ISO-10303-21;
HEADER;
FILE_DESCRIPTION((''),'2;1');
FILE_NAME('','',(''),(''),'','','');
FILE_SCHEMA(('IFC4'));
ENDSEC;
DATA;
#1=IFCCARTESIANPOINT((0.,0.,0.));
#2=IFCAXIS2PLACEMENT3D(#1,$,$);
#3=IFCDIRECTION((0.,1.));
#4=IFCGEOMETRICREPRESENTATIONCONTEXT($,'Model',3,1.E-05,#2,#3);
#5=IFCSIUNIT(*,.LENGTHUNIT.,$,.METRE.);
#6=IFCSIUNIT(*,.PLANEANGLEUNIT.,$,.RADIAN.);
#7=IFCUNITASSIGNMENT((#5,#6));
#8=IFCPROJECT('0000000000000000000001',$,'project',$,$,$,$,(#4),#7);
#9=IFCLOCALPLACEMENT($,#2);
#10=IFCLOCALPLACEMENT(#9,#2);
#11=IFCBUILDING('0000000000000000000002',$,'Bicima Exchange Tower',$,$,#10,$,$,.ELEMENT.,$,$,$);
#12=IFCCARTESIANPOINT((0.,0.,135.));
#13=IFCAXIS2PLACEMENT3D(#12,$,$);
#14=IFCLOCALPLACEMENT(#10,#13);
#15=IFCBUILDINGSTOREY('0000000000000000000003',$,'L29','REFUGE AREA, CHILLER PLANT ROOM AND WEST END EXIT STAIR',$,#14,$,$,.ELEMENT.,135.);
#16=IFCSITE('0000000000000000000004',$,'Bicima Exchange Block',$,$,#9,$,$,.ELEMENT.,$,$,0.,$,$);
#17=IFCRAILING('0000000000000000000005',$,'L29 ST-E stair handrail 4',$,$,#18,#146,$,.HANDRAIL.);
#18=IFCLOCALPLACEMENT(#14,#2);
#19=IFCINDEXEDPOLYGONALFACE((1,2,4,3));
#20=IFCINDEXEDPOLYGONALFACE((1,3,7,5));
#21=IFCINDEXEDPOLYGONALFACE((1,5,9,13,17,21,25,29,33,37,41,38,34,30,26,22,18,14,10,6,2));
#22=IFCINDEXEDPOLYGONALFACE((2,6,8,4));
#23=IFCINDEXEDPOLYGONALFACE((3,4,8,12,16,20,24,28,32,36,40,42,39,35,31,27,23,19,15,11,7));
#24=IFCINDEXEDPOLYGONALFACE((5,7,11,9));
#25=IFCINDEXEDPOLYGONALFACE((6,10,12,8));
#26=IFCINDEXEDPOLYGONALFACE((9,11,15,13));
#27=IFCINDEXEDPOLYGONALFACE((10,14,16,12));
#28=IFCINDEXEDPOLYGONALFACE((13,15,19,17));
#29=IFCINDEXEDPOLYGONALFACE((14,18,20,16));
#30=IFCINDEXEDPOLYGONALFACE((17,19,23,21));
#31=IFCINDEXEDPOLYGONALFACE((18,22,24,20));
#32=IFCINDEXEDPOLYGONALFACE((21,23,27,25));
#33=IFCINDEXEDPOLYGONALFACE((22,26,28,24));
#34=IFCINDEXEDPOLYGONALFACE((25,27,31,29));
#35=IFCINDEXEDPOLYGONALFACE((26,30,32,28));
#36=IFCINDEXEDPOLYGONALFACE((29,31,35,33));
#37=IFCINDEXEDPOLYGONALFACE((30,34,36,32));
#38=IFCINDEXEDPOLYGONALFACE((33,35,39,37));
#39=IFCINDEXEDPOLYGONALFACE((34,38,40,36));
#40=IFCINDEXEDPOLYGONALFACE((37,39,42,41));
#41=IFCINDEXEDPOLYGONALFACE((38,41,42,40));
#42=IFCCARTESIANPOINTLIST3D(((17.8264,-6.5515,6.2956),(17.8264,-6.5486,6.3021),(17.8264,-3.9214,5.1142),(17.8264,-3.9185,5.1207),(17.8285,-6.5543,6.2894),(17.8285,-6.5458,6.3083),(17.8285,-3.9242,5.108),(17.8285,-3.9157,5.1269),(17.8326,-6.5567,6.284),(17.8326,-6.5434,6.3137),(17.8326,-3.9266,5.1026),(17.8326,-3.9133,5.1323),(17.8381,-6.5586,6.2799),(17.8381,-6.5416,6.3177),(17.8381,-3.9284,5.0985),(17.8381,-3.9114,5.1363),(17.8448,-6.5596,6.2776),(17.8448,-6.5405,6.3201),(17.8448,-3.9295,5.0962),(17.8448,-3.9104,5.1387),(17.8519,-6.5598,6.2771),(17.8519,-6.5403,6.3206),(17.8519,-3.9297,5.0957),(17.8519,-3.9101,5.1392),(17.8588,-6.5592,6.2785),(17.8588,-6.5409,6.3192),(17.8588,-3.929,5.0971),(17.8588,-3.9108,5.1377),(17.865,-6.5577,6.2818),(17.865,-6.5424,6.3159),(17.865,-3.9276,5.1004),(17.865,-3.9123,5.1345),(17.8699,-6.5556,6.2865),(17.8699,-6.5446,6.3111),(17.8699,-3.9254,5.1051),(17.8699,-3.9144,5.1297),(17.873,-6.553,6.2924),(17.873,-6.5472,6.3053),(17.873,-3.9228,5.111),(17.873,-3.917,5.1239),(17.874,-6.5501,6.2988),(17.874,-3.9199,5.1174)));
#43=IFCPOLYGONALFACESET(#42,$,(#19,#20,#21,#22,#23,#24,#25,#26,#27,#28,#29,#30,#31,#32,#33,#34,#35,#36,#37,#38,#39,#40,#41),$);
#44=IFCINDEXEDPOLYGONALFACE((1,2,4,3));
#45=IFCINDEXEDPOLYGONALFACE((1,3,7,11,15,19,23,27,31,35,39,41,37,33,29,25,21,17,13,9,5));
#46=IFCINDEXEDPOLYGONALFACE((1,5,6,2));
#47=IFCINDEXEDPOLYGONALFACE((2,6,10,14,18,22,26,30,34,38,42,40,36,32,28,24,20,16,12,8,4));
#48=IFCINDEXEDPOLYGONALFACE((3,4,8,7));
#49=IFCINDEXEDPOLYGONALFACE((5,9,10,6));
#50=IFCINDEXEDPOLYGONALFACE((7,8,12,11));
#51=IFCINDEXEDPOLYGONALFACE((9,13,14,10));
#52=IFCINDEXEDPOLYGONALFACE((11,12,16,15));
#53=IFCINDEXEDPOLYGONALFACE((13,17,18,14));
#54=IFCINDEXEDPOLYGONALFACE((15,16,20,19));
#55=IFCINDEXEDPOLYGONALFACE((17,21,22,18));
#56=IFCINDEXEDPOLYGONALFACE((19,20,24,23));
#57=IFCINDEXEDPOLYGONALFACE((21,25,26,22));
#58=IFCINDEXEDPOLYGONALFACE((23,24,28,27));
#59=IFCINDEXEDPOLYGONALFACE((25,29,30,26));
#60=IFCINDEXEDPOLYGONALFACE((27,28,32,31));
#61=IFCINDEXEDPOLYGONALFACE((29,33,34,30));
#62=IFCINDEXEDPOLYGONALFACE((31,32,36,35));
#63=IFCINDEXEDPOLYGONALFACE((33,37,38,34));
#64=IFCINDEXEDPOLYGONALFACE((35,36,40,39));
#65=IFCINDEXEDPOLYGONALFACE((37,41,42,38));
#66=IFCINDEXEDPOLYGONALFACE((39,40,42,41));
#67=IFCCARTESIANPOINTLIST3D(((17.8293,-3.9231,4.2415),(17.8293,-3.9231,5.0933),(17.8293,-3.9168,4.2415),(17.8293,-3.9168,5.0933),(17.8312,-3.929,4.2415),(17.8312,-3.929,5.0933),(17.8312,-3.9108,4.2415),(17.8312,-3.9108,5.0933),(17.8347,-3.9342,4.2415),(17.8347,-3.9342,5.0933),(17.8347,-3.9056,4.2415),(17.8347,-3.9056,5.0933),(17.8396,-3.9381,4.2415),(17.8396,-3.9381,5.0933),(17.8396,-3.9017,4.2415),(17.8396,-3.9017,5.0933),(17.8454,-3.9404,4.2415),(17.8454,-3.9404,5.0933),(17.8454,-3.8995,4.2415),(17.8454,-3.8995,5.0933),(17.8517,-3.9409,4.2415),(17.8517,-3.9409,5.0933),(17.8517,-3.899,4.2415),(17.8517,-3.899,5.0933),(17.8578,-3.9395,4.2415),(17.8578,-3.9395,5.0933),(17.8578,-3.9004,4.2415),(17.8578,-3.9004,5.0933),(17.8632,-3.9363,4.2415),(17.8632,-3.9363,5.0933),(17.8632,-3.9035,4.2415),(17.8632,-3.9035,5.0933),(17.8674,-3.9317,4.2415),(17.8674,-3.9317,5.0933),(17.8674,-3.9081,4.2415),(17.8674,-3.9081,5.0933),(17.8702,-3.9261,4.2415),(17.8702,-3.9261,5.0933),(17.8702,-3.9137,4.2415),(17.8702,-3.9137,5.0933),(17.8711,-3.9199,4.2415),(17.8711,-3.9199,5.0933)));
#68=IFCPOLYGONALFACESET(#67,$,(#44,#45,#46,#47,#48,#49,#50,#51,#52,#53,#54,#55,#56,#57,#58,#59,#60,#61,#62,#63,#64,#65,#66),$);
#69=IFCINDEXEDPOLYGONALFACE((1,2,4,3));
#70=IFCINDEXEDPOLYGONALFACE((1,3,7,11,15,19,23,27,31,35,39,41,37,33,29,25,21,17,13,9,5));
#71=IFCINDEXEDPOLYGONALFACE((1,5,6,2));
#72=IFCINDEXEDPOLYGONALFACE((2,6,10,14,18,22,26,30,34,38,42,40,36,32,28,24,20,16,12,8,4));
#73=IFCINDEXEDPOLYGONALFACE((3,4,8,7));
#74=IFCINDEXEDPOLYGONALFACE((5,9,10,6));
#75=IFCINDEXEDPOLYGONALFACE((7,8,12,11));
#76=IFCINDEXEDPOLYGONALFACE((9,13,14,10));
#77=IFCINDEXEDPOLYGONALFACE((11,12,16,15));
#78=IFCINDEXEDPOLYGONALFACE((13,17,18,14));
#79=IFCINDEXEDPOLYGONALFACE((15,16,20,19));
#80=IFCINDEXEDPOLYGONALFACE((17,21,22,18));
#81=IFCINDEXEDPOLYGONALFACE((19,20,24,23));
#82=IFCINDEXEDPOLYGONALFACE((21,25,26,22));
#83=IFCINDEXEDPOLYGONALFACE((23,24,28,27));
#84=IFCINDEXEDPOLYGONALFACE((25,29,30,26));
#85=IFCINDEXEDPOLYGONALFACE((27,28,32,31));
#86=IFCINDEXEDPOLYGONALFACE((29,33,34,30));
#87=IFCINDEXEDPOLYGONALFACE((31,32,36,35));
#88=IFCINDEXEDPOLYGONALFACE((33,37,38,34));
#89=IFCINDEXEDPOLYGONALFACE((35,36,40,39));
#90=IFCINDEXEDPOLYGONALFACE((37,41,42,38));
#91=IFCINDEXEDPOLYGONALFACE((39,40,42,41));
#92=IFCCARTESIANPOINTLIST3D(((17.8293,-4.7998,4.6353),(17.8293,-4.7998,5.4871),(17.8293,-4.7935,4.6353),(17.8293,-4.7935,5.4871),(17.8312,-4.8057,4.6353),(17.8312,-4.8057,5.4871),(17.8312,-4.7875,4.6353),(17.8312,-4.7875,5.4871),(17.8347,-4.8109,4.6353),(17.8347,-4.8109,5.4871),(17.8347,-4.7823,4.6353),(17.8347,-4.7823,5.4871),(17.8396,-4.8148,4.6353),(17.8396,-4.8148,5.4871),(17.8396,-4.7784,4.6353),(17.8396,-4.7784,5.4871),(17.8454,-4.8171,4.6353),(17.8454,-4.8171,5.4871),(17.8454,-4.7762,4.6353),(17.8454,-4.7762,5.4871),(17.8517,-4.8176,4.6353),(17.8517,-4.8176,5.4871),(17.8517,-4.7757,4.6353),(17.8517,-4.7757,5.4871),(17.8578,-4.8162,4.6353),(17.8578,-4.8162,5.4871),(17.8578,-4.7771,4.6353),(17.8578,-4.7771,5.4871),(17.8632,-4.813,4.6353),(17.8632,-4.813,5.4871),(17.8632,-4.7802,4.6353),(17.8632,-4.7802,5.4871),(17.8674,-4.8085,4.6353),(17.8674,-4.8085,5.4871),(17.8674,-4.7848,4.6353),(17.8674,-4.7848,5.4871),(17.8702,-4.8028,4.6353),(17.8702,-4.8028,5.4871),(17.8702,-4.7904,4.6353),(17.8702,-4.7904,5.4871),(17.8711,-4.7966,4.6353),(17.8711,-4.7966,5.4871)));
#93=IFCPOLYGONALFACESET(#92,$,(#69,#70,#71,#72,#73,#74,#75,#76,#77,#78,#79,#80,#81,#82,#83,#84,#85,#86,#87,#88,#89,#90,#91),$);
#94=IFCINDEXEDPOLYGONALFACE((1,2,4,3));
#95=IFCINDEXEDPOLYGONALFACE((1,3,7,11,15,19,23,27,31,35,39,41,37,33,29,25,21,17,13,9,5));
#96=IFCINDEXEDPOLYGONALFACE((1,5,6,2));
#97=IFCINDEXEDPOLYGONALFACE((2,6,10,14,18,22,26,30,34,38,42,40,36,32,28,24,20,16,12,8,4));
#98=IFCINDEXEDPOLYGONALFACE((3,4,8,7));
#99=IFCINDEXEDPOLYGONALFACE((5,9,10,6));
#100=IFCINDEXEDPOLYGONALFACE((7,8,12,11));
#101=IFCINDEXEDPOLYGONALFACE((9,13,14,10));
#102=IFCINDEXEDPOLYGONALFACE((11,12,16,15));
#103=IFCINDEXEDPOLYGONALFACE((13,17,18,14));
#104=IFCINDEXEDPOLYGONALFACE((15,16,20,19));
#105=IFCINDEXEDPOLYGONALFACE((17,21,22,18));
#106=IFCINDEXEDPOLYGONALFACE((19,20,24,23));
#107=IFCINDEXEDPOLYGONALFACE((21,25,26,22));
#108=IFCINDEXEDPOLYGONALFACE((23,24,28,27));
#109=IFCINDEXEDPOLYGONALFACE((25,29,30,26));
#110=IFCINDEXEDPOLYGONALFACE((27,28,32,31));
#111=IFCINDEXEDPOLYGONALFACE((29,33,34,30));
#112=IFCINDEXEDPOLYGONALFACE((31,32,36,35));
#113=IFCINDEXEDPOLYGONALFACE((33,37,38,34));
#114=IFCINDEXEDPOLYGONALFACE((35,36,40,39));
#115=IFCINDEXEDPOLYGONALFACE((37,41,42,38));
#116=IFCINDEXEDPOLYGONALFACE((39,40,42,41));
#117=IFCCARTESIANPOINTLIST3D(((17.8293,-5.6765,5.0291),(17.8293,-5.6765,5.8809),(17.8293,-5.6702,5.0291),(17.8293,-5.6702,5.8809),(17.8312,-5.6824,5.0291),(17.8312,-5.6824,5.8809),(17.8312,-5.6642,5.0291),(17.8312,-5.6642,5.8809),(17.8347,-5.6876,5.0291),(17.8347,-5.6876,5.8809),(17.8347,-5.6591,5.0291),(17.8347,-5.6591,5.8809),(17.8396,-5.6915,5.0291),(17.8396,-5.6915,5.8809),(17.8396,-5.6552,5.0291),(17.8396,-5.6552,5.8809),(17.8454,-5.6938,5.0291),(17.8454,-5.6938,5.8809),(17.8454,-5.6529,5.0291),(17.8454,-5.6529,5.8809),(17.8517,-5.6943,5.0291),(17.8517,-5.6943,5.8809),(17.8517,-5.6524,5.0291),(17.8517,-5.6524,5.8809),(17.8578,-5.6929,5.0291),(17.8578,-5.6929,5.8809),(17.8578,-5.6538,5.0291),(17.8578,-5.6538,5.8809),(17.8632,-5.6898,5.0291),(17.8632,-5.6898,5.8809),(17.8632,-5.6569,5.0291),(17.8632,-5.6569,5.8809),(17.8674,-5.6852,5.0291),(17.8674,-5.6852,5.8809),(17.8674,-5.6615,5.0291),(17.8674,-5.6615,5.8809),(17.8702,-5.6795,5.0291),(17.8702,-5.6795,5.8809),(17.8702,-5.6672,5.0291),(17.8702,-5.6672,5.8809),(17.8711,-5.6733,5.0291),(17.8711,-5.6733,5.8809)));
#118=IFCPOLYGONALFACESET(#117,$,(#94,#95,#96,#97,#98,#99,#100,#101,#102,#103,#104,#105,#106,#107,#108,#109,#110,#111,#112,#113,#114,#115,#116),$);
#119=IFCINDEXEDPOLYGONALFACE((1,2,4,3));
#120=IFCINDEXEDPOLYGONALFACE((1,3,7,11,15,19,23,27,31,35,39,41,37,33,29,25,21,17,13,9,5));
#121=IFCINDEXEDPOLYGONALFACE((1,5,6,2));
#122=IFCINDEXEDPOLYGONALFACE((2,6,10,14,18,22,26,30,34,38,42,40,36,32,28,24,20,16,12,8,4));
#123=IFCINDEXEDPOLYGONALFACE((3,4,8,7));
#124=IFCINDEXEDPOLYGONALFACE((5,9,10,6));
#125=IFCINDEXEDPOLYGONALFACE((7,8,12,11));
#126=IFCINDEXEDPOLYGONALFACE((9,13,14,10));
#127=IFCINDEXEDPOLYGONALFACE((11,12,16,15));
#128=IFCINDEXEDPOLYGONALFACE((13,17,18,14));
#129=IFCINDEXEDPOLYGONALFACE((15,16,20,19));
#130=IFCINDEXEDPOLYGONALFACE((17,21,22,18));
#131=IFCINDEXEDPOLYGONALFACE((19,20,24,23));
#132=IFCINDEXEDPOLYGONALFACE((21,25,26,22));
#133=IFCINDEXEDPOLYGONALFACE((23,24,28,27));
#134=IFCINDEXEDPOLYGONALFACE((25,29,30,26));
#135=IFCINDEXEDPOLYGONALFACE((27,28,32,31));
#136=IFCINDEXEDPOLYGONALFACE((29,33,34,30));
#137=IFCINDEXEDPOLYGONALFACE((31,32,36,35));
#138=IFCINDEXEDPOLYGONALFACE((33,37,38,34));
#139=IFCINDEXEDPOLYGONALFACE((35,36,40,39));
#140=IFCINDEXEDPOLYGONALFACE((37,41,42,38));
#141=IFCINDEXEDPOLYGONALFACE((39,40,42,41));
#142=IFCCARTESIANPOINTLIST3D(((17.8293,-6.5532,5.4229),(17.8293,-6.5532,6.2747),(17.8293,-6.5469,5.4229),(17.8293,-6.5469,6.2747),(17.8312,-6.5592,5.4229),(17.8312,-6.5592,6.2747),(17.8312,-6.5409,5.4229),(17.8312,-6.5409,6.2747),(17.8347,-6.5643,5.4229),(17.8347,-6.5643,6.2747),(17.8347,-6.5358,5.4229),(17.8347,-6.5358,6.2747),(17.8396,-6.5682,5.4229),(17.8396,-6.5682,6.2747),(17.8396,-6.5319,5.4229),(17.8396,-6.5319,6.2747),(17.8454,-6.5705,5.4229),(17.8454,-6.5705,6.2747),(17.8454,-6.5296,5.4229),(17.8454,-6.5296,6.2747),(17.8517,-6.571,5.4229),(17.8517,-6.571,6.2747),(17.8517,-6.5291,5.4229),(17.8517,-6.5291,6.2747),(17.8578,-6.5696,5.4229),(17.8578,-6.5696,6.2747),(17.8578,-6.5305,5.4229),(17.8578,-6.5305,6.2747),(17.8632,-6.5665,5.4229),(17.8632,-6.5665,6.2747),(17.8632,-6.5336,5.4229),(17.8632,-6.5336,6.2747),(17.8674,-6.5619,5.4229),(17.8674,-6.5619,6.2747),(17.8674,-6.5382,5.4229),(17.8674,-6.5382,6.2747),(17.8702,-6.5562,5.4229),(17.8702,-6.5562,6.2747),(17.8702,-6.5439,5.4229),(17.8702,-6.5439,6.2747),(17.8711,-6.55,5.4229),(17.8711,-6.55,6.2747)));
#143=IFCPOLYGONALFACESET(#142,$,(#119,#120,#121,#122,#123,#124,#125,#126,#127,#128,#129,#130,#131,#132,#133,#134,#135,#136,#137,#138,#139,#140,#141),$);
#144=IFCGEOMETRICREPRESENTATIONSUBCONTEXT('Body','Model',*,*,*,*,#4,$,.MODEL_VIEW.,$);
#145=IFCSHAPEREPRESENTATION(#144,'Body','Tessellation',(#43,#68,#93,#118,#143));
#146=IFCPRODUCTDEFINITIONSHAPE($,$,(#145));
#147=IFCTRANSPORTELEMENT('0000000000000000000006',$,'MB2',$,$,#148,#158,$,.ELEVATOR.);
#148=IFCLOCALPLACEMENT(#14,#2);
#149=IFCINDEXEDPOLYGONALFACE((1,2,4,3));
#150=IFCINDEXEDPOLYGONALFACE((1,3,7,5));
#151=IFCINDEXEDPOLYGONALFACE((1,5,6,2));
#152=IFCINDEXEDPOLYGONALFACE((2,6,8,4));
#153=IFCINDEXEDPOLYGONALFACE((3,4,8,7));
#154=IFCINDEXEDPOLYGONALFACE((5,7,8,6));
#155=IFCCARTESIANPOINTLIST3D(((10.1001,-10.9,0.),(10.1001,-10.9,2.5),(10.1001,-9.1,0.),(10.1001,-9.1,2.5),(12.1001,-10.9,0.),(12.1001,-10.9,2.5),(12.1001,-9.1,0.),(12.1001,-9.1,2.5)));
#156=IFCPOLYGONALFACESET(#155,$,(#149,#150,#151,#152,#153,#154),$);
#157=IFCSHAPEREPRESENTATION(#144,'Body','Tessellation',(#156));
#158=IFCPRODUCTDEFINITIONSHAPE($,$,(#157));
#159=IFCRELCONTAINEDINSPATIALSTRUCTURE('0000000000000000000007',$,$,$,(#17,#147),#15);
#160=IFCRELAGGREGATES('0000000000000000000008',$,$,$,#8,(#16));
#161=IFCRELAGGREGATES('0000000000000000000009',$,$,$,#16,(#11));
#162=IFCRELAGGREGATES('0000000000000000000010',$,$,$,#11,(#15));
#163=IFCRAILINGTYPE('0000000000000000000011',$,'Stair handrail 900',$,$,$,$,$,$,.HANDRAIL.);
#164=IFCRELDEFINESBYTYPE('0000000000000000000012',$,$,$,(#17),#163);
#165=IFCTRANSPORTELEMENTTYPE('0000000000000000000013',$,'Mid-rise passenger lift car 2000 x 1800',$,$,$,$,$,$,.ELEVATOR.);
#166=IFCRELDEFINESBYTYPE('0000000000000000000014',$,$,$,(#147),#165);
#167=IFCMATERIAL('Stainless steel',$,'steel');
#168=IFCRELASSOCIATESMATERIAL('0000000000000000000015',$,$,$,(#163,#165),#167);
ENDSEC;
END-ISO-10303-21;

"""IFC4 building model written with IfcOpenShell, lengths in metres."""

from ifc_helpers import new_model, si_unit, direction, frame, origin, origin_2d, place, context, subcontext, project, spatial, rectangle, circle, extrude, material, type_object, element, save


model = new_model("IFC4")

# Units and contexts
model_context = context("Model", 3, precision=1e-05, world=origin(), true_north=direction((0.0, 1.0)))
body_context = subcontext(model_context, "Body", "Model", "MODEL_VIEW")
ifc_project = project(units=[si_unit("LENGTHUNIT", "METRE"), si_unit("PLANEANGLEUNIT", "RADIAN")], contexts=[model_context])

# Site, building, storey
site_placement = place(None, origin())
site = spatial("IfcSite", under=ifc_project, at=site_placement, Name="Bicima Exchange Block", CompositionType="ELEMENT", RefElevation=0.0)
building_placement = place(site_placement, origin())
building = spatial("IfcBuilding", under=site, at=building_placement, Name="Bicima Exchange Tower", CompositionType="ELEMENT")
storey_placement = place(building_placement, frame((0.0, 0.0, 135.0)))
storey = spatial("IfcBuildingStorey", under=building, at=storey_placement, Name="L29", Description="REFUGE AREA, CHILLER PLANT ROOM AND WEST END EXIT STAIR", CompositionType="ELEMENT", Elevation=135.0)

# Shared definitions
ifc_material_1 = material(Name="Stainless steel", Category="steel")

# Railing
railing_type_1 = type_object("IfcRailingType", Name="Stair handrail 900", PredefinedType="HANDRAIL", material=ifc_material_1)
railing_1_placement = place(storey_placement, frame((17.8501, -3.9199, 4.2415)))
element("IfcRailing", 1, at=railing_1_placement, inside=storey, type_object=railing_type_1, Name="L29 ST-E stair handrail 4", PredefinedType="HANDRAIL", context=body_context, shape_type="SweptSolid", body=[
    extrude(circle(Radius=0.0239, at=origin_2d()), frame((0.0, 0.0, 0.876), z_axis=(0.0, -0.912202, 0.409741), x_axis=(1.0, 0.0, 0.0)), (0.0, 0.0, 1.0), 2.8833),
    extrude(circle(Radius=0.021, at=origin_2d()), origin(), (0.0, 0.0, 1.0), 0.8518),
    extrude(circle(Radius=0.021, at=origin_2d()), frame((0.0, -0.8767, 0.3938)), (0.0, 0.0, 1.0), 0.8518),
    extrude(circle(Radius=0.021, at=origin_2d()), frame((0.0, -1.7534, 0.7876)), (0.0, 0.0, 1.0), 0.8518),
    extrude(circle(Radius=0.021, at=origin_2d()), frame((0.0, -2.6301, 1.1814)), (0.0, 0.0, 1.0), 0.8518),
])

# Transport element
transport_element_type = type_object("IfcTransportElementType", Name="Mid-rise passenger lift car 2000 x 1800", PredefinedType="ELEVATOR", material=ifc_material_1)
transport_element_placement = place(storey_placement, frame((11.1001, -10.0, 0.0), z_axis=(0.0, 0.0, 1.0), x_axis=(1.0, 0.0, 0.0)))
element("IfcTransportElement", 2, at=transport_element_placement, inside=storey, type_object=transport_element_type, Name="MB2", PredefinedType="ELEVATOR", context=body_context, shape_type="SweptSolid", body=[
    extrude(rectangle(XDim=2.0, YDim=1.8, at=origin_2d()), origin(), (0.0, 0.0, 1.0), 2.5),
])

save(model, "model.ifc")
